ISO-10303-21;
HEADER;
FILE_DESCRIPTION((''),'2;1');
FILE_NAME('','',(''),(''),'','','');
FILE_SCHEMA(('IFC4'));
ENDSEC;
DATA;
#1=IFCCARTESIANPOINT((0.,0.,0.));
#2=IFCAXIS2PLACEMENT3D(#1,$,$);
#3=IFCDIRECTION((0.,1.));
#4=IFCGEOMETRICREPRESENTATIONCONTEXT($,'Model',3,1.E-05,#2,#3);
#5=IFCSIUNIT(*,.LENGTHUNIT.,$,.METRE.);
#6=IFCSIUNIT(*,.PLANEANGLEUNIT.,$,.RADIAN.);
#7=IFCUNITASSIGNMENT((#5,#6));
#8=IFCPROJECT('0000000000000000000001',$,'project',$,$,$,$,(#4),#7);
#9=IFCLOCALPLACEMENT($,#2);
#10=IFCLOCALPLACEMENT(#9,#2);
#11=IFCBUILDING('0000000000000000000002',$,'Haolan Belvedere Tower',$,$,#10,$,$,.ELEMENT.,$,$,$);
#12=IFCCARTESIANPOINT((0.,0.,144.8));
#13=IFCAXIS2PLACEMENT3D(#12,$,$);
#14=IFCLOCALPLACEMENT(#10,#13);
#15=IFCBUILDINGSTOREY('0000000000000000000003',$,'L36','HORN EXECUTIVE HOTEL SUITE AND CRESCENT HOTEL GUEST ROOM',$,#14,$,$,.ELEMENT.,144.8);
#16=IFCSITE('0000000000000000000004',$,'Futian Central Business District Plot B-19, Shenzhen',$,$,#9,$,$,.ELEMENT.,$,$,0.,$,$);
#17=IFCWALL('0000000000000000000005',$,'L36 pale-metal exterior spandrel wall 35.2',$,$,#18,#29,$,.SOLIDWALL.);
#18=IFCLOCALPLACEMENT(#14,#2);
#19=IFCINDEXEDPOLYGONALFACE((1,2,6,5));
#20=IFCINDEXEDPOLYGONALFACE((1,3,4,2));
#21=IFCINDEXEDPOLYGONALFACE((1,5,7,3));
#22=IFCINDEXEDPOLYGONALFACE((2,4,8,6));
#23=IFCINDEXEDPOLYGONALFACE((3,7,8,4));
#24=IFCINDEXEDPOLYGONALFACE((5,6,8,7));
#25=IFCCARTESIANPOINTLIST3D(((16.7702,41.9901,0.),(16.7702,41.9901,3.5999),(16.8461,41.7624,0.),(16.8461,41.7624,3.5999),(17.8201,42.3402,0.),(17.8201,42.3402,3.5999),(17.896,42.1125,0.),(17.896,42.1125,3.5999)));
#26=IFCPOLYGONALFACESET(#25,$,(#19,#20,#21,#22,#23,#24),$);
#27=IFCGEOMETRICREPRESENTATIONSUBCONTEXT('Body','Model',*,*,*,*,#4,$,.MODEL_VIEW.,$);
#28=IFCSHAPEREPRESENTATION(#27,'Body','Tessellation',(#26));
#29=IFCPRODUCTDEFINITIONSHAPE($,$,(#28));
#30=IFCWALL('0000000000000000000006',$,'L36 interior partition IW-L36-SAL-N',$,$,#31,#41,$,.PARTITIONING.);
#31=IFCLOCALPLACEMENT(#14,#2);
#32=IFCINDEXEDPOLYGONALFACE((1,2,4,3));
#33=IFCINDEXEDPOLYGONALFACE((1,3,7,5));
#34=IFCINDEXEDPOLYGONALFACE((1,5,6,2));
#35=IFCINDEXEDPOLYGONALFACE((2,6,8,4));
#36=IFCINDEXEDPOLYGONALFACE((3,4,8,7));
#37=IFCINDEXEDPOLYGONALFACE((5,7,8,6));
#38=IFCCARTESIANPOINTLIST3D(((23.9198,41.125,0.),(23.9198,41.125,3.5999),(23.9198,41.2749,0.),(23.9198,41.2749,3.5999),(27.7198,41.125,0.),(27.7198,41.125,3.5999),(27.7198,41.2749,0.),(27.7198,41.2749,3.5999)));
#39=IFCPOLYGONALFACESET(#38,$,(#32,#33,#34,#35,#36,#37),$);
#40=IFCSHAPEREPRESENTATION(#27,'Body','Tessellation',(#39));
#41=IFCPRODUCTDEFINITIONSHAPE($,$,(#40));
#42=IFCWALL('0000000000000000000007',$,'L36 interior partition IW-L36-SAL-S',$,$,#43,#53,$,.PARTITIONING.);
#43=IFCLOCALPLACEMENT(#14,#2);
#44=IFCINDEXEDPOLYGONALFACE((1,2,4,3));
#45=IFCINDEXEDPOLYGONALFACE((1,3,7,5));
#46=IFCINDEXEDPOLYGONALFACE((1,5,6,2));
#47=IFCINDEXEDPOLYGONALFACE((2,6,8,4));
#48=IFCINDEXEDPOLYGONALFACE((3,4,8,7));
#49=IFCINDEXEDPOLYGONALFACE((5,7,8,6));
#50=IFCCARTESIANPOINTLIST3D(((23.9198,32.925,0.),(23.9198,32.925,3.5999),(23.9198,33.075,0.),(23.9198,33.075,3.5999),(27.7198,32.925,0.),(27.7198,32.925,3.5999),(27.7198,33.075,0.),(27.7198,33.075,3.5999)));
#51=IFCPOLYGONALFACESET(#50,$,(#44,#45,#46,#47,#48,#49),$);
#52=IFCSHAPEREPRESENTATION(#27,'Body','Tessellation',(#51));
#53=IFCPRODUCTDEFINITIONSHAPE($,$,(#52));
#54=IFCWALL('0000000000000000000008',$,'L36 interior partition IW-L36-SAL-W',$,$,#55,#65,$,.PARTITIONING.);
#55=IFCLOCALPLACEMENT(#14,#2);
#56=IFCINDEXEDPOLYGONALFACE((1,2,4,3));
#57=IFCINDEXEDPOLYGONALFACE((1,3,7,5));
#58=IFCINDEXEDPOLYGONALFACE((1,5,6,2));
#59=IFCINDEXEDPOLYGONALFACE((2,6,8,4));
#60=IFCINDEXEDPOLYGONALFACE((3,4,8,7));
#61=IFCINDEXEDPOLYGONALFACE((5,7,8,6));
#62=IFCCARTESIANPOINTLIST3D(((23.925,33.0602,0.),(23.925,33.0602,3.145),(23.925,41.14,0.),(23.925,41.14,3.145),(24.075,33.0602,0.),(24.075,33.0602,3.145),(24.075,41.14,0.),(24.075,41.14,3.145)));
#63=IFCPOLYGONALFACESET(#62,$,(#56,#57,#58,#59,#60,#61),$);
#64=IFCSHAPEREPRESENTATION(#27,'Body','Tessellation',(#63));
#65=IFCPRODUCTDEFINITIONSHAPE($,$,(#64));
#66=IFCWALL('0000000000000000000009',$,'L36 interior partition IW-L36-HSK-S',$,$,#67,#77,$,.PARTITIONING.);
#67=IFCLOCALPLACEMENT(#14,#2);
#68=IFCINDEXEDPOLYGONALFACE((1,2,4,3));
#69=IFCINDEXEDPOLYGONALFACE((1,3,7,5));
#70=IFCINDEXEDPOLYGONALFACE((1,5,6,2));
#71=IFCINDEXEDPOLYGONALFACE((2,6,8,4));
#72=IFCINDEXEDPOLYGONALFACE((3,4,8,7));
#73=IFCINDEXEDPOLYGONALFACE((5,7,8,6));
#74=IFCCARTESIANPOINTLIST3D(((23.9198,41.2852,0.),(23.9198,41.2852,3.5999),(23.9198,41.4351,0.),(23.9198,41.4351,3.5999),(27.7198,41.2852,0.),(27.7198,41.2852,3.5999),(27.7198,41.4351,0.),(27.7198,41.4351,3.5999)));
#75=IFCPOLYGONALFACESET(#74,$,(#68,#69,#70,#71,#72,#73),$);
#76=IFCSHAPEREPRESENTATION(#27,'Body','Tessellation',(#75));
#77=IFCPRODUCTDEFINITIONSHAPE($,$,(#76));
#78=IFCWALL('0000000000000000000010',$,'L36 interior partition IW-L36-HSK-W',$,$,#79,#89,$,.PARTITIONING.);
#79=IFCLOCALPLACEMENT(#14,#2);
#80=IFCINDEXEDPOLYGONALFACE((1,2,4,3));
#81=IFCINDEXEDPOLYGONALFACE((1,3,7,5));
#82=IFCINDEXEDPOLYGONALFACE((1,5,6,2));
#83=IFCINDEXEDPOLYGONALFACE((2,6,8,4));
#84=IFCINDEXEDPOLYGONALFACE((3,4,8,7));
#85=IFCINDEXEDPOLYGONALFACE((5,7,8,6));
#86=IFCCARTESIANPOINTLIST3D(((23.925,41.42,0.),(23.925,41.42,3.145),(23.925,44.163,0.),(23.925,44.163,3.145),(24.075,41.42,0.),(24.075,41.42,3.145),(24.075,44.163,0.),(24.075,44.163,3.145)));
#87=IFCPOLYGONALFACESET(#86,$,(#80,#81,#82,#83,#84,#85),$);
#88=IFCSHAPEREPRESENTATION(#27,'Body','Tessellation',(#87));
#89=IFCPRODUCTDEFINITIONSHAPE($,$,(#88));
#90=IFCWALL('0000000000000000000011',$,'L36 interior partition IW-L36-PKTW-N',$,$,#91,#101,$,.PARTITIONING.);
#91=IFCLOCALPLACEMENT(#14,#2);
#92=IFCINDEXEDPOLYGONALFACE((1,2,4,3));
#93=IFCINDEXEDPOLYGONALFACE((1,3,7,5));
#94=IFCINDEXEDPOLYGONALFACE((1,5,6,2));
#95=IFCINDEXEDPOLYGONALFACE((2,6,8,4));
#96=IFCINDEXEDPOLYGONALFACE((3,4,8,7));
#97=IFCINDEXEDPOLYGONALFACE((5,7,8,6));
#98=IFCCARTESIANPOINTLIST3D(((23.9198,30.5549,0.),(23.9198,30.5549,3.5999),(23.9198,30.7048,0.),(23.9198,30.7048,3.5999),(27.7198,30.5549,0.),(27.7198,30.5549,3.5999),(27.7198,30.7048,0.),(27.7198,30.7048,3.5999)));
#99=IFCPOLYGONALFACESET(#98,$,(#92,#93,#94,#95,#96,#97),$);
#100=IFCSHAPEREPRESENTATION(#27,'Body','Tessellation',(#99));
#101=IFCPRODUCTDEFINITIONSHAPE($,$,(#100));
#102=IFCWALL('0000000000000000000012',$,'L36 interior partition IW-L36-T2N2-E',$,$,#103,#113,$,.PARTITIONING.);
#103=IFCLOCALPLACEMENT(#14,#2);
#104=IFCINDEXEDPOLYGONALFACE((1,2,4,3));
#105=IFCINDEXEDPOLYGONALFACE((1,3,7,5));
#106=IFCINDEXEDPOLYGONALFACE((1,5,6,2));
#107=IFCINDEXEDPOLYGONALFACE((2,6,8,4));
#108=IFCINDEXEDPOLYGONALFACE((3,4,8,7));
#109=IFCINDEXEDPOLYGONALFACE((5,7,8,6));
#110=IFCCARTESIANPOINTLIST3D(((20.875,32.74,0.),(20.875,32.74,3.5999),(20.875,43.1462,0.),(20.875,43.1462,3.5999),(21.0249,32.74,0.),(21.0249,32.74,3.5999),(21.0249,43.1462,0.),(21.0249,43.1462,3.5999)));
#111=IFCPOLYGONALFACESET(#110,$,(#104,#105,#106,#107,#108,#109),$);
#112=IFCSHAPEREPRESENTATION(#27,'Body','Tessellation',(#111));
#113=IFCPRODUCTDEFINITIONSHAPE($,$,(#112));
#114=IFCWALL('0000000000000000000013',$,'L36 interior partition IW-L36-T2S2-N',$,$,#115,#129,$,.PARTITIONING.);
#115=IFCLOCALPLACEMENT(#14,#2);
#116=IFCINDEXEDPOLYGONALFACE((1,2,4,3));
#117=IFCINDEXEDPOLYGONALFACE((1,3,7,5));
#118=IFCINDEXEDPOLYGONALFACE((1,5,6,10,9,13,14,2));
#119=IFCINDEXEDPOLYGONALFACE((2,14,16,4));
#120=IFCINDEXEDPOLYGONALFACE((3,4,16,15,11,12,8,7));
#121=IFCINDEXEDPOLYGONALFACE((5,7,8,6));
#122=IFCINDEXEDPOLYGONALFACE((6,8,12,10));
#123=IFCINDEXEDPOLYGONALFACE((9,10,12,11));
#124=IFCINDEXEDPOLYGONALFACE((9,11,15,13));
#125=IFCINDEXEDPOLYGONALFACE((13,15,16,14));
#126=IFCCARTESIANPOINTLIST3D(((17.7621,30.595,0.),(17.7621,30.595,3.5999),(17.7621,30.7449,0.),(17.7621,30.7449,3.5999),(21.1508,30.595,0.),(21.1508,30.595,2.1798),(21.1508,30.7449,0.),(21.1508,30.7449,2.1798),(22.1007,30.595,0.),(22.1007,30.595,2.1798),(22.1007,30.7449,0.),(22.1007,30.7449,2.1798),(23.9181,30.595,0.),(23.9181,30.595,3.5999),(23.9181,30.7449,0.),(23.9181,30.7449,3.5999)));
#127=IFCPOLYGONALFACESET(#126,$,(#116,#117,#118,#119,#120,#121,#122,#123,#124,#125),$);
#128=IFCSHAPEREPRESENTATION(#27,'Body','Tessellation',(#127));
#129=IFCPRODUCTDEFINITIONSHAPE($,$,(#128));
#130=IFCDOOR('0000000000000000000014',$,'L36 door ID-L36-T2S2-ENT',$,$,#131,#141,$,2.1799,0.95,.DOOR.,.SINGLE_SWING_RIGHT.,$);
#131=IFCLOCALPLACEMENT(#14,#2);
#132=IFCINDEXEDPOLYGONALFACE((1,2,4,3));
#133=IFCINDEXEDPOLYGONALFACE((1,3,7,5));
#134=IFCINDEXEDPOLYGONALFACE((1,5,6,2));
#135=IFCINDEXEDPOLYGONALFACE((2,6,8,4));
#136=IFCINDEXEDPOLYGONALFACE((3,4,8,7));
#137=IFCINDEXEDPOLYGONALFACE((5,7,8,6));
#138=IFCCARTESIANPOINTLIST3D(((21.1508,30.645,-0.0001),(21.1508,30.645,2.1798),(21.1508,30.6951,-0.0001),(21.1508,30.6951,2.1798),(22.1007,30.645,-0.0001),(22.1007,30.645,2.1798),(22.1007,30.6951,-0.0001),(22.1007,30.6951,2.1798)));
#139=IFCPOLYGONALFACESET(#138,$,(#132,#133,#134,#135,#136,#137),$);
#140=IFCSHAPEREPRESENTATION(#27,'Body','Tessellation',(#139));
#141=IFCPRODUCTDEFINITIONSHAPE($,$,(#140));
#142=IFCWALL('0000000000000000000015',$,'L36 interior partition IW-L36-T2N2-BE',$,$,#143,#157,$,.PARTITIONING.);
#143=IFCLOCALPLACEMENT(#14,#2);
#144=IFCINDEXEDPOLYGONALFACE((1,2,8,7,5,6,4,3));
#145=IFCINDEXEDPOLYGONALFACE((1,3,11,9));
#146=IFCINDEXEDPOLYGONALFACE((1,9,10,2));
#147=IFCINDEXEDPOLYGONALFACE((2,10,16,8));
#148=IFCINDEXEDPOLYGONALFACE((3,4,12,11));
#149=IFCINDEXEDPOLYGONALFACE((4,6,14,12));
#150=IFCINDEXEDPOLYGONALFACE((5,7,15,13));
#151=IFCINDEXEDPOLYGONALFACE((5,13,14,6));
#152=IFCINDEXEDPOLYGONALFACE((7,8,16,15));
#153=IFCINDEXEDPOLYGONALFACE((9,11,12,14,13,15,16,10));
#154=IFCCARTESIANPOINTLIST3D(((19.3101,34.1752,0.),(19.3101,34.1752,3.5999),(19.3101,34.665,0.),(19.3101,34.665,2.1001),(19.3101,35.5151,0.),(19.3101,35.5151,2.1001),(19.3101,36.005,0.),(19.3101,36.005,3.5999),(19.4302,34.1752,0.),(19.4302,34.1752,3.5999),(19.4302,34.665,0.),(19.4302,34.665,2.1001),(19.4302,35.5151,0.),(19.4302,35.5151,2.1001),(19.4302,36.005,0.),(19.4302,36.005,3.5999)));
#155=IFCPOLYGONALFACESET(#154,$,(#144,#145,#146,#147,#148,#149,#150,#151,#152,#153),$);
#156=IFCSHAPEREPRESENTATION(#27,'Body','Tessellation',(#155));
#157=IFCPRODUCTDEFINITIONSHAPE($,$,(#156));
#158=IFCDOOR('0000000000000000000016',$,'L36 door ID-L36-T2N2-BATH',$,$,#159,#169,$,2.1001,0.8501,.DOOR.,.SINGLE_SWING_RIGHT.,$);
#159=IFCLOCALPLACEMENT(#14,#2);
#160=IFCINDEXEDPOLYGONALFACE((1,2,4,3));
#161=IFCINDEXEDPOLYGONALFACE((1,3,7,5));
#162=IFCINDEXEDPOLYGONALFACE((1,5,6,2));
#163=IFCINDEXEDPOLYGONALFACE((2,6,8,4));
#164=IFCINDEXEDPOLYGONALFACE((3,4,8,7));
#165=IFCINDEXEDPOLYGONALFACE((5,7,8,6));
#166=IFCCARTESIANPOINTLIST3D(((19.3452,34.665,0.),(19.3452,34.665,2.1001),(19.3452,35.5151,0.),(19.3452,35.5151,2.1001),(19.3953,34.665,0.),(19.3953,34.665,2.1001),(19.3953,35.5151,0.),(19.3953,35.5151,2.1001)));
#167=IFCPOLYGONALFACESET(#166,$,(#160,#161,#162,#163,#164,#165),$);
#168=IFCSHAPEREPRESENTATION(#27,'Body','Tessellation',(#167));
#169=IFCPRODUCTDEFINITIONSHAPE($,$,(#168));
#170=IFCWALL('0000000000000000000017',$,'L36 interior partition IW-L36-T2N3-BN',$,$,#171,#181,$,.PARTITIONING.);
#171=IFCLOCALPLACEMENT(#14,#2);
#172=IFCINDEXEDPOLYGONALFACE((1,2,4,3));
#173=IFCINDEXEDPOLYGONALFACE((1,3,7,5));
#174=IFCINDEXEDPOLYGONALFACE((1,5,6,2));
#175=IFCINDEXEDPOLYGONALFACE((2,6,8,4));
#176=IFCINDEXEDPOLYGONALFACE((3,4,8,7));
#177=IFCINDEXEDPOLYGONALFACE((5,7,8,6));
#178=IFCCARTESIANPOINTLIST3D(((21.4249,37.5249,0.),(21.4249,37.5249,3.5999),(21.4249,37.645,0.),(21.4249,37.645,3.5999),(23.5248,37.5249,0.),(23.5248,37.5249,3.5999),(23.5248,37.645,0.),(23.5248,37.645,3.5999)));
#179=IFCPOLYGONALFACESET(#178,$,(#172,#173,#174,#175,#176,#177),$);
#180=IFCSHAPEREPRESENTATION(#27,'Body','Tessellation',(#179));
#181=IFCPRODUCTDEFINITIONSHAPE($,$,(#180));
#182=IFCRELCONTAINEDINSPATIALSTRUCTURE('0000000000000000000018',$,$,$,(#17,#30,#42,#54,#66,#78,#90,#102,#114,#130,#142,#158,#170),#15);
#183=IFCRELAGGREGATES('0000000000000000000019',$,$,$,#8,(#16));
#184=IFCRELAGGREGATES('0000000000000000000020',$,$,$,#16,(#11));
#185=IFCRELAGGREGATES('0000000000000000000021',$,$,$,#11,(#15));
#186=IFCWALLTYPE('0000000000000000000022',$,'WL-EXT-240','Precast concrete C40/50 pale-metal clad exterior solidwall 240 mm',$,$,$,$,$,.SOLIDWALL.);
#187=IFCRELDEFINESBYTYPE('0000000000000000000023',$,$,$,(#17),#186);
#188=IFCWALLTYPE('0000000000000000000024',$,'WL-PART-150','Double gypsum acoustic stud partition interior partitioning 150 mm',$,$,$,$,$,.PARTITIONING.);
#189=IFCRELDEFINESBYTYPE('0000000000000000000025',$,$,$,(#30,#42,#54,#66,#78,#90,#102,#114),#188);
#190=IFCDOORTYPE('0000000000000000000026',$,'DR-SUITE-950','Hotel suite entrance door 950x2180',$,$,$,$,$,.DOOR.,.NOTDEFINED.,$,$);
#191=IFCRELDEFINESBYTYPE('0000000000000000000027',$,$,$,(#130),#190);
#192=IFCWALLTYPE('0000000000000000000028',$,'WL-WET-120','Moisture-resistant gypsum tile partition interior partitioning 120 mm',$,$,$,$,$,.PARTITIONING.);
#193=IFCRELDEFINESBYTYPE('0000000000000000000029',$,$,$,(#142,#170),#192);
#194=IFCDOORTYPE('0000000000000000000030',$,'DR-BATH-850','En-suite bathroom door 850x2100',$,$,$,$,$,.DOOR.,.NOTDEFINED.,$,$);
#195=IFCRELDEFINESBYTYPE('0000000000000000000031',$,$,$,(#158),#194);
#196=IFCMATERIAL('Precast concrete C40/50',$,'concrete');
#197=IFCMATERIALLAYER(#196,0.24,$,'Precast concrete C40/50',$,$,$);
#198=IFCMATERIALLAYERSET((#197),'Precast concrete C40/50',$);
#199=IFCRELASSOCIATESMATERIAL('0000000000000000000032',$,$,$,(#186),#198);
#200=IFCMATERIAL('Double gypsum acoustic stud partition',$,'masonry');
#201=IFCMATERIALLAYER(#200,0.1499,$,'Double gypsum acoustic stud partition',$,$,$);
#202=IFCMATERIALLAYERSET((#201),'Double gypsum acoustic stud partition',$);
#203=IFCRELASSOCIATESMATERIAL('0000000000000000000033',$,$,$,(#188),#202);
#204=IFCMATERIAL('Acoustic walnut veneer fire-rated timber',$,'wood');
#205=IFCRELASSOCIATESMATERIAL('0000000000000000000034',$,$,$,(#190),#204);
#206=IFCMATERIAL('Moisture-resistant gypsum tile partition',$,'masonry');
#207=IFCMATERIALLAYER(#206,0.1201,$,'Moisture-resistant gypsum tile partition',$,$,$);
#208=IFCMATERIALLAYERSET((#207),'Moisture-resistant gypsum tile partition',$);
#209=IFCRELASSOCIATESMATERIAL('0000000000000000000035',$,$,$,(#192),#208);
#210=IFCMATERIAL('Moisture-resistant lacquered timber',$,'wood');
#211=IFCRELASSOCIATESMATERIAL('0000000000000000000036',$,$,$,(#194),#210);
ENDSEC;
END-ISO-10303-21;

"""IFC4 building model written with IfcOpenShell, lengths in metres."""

from ifc_helpers import new_model, si_unit, direction, frame, frame_2d, origin, place, context, subcontext, project, spatial, rectangle, extrude, material, layer, layer_set, type_object, element, fill, save


model = new_model("IFC4")

# Units and contexts
model_context = context("Model", 3, precision=1e-05, world=origin(), true_north=direction((0.0, 1.0)))
body_context = subcontext(model_context, "Body", "Model", "MODEL_VIEW")
ifc_project = project(units=[si_unit("LENGTHUNIT", "METRE"), si_unit("PLANEANGLEUNIT", "RADIAN")], contexts=[model_context])

# Site, building, storey
site_placement = place(None, origin())
site = spatial("IfcSite", under=ifc_project, at=site_placement, Name="Futian Central Business District Plot B-19, Shenzhen", CompositionType="ELEMENT", RefElevation=0.0)
building_placement = place(site_placement, origin())
building = spatial("IfcBuilding", under=site, at=building_placement, Name="Haolan Belvedere Tower", CompositionType="ELEMENT")
storey_placement = place(building_placement, frame((0.0, 0.0, 144.8)))
storey = spatial("IfcBuildingStorey", under=building, at=storey_placement, Name="L36", Description="HORN EXECUTIVE HOTEL SUITE AND CRESCENT HOTEL GUEST ROOM", CompositionType="ELEMENT", Elevation=144.8)

# Walls
ifc_material_1 = material(Name="Precast concrete C40/50", Category="concrete")
ifc_layer_1 = layer(ifc_material_1, 0.24, Name="Precast concrete C40/50")
ifc_layer_set_1 = layer_set([ifc_layer_1], Name="Precast concrete C40/50")
wall_type_1 = type_object("IfcWallType", Name="WL-EXT-240", Description="Precast concrete C40/50 pale-metal clad exterior solidwall 240 mm", PredefinedType="SOLIDWALL", material=ifc_layer_set_1)
wall_1_placement = place(storey_placement, frame((17.8579, 42.2263, 0.0), z_axis=(0.0, 0.0, 1.0), x_axis=(-0.948639, -0.31636, 0.0)))
element("IfcWall", 1, at=wall_1_placement, inside=storey, type_object=wall_type_1, Name="L36 pale-metal exterior spandrel wall 35.2", PredefinedType="SOLIDWALL", context=body_context, shape_type="SweptSolid", body=[
    extrude(rectangle(XDim=1.1067, YDim=0.24, at=frame_2d((0.5532, 0.0))), origin(), (0.0, 0.0, 1.0), 3.5999),
])
ifc_material_2 = material(Name="Double gypsum acoustic stud partition", Category="masonry")
ifc_layer_2 = layer(ifc_material_2, 0.1499, Name="Double gypsum acoustic stud partition")
ifc_layer_set_2 = layer_set([ifc_layer_2], Name="Double gypsum acoustic stud partition")
wall_type_2 = type_object("IfcWallType", Name="WL-PART-150", Description="Double gypsum acoustic stud partition interior partitioning 150 mm", PredefinedType="PARTITIONING", material=ifc_layer_set_2)
for number, where, z_axis, x_axis, name in (
    (2, (23.9199, 41.2, 0.0), (0.0, 0.0, 1.0), (1.0, 0.0, 0.0), "L36 interior partition IW-L36-SAL-N"),
    (3, (23.9199, 33.0, 0.0), (0.0, 0.0, 1.0), (1.0, 0.0, 0.0), "L36 interior partition IW-L36-SAL-S"),
):
    element("IfcWall", number, at=place(storey_placement, frame(where, z_axis=z_axis, x_axis=x_axis)), inside=storey, type_object=wall_type_2, Name=name, PredefinedType="PARTITIONING", context=body_context, shape_type="SweptSolid", body=[
        extrude(rectangle(XDim=3.8, YDim=0.1499, at=frame_2d((1.8999, 0.0))), origin(), (0.0, 0.0, 1.0), 3.5999),
    ])
wall_2_placement = place(storey_placement, frame((24.0, 33.0601, 0.0), z_axis=(0.0, 0.0, 1.0), x_axis=(0.0, 1.0, 0.0)))
element("IfcWall", 4, at=wall_2_placement, inside=storey, type_object=wall_type_2, Name="L36 interior partition IW-L36-SAL-W", PredefinedType="PARTITIONING", context=body_context, shape_type="SweptSolid", body=[
    extrude(rectangle(XDim=8.0798, YDim=0.1499, at=frame_2d((4.04, 0.0))), origin(), (0.0, 0.0, 1.0), 3.145),
])
wall_3_placement = place(storey_placement, frame((23.9199, 41.3601, 0.0), z_axis=(0.0, 0.0, 1.0), x_axis=(1.0, 0.0, 0.0)))
element("IfcWall", 5, at=wall_3_placement, inside=storey, type_object=wall_type_2, Name="L36 interior partition IW-L36-HSK-S", PredefinedType="PARTITIONING", context=body_context, shape_type="SweptSolid", body=[
    extrude(rectangle(XDim=3.8, YDim=0.1499, at=frame_2d((1.8999, 0.0))), origin(), (0.0, 0.0, 1.0), 3.5999),
])
wall_4_placement = place(storey_placement, frame((24.0, 41.4199, 0.0), z_axis=(0.0, 0.0, 1.0), x_axis=(0.0, 1.0, 0.0)))
element("IfcWall", 6, at=wall_4_placement, inside=storey, type_object=wall_type_2, Name="L36 interior partition IW-L36-HSK-W", PredefinedType="PARTITIONING", context=body_context, shape_type="SweptSolid", body=[
    extrude(rectangle(XDim=2.7429, YDim=0.1499, at=frame_2d((1.3716, 0.0))), origin(), (0.0, 0.0, 1.0), 3.145),
])
wall_5_placement = place(storey_placement, frame((23.9199, 30.6299, 0.0), z_axis=(0.0, 0.0, 1.0), x_axis=(1.0, 0.0, 0.0)))
element("IfcWall", 7, at=wall_5_placement, inside=storey, type_object=wall_type_2, Name="L36 interior partition IW-L36-PKTW-N", PredefinedType="PARTITIONING", context=body_context, shape_type="SweptSolid", body=[
    extrude(rectangle(XDim=3.8, YDim=0.1499, at=frame_2d((1.8999, 0.0))), origin(), (0.0, 0.0, 1.0), 3.5999),
])
wall_6_placement = place(storey_placement, frame((20.95, 32.74, 0.0), z_axis=(0.0, 0.0, 1.0), x_axis=(0.0, 1.0, 0.0)))
element("IfcWall", 8, at=wall_6_placement, inside=storey, type_object=wall_type_2, Name="L36 interior partition IW-L36-T2N2-E", PredefinedType="PARTITIONING", context=body_context, shape_type="SweptSolid", body=[
    extrude(rectangle(XDim=10.4062, YDim=0.1499, at=frame_2d((5.2031, 0.0))), origin(), (0.0, 0.0, 1.0), 3.5999),
])

# Walls, openings, doors
wall_7_placement = place(storey_placement, frame((17.762, 30.6699, 0.0), z_axis=(0.0, 0.0, 1.0), x_axis=(1.0, 0.0, 0.0)))
wall_7 = element("IfcWall", 9, at=wall_7_placement, inside=storey, type_object=wall_type_2, Name="L36 interior partition IW-L36-T2S2-N", PredefinedType="PARTITIONING", context=body_context, shape_type="SweptSolid", body=[
    extrude(rectangle(XDim=6.156, YDim=0.1499, at=frame_2d((3.0781, 0.0))), origin(), (0.0, 0.0, 1.0), 3.5999),
])
opening_1_placement = place(wall_7_placement, frame((4.3389, 0.0, 0.0), z_axis=(0.0, 0.0, 1.0), x_axis=(-1.0, 0.0, 0.0)))
opening_1 = element("IfcOpeningElement", 10, at=opening_1_placement, cuts=wall_7, PredefinedType="OPENING", context=body_context, shape_type="SweptSolid", body=[
    extrude(rectangle(XDim=0.95, YDim=2.1799, at=frame_2d((0.4751, 1.0898))), frame((0.0, 0.085, 0.0), z_axis=(0.0, -1.0, 0.0), x_axis=(1.0, 0.0, 0.0)), (0.0, 0.0, 1.0), 0.1699),
])
ifc_material_3 = material(Name="Acoustic walnut veneer fire-rated timber", Category="wood")
door_type_1 = type_object("IfcDoorType", Name="DR-SUITE-950", Description="Hotel suite entrance door 950x2180", OperationType="NOTDEFINED", PredefinedType="DOOR", material=ifc_material_3)
door_1_placement = place(opening_1_placement, origin())
door_1 = element("IfcDoor", 11, at=door_1_placement, inside=storey, type_object=door_type_1, Name="L36 door ID-L36-T2S2-ENT", OperationType="SINGLE_SWING_RIGHT", OverallHeight=2.1799, OverallWidth=0.95, PredefinedType="DOOR", context=body_context, shape_type="SweptSolid", body=[
    extrude(rectangle(XDim=0.95, YDim=2.1799, at=frame_2d((0.4751, 1.0898))), frame((0.0, 0.0249, 0.0), z_axis=(0.0, -1.0, 0.0), x_axis=(1.0, 0.0, 0.0)), (0.0, 0.0, 1.0), 0.05),
])
fill(opening_1, door_1)
ifc_material_4 = material(Name="Moisture-resistant gypsum tile partition", Category="masonry")
ifc_layer_3 = layer(ifc_material_4, 0.1201, Name="Moisture-resistant gypsum tile partition")
ifc_layer_set_3 = layer_set([ifc_layer_3], Name="Moisture-resistant gypsum tile partition")
wall_type_3 = type_object("IfcWallType", Name="WL-WET-120", Description="Moisture-resistant gypsum tile partition interior partitioning 120 mm", PredefinedType="PARTITIONING", material=ifc_layer_set_3)
wall_8_placement = place(storey_placement, frame((19.3701, 34.175, 0.0), z_axis=(0.0, 0.0, 1.0), x_axis=(0.0, 1.0, 0.0)))
wall_8 = element("IfcWall", 12, at=wall_8_placement, inside=storey, type_object=wall_type_3, Name="L36 interior partition IW-L36-T2N2-BE", PredefinedType="PARTITIONING", context=body_context, shape_type="SweptSolid", body=[
    extrude(rectangle(XDim=1.8298, YDim=0.1201, at=frame_2d((0.915, 0.0))), origin(), (0.0, 0.0, 1.0), 3.5999),
])
opening_2_placement = place(wall_8_placement, frame((0.49, 0.0, 0.0)))
opening_2 = element("IfcOpeningElement", 13, at=opening_2_placement, cuts=wall_8, PredefinedType="OPENING", context=body_context, shape_type="SweptSolid", body=[
    extrude(rectangle(XDim=0.8501, YDim=2.1001, at=frame_2d((0.425, 1.05))), frame((0.0, 0.0701, 0.0), z_axis=(0.0, -1.0, 0.0), x_axis=(1.0, 0.0, 0.0)), (0.0, 0.0, 1.0), 0.1401),
])
ifc_material_5 = material(Name="Moisture-resistant lacquered timber", Category="wood")
door_type_2 = type_object("IfcDoorType", Name="DR-BATH-850", Description="En-suite bathroom door 850x2100", OperationType="NOTDEFINED", PredefinedType="DOOR", material=ifc_material_5)
door_2_placement = place(opening_2_placement, origin())
door_2 = element("IfcDoor", 14, at=door_2_placement, inside=storey, type_object=door_type_2, Name="L36 door ID-L36-T2N2-BATH", OperationType="SINGLE_SWING_RIGHT", OverallHeight=2.1001, OverallWidth=0.8501, PredefinedType="DOOR", context=body_context, shape_type="SweptSolid", body=[
    extrude(rectangle(XDim=0.8501, YDim=2.1001, at=frame_2d((0.425, 1.05))), frame((0.0, 0.0249, 0.0), z_axis=(0.0, -1.0, 0.0), x_axis=(1.0, 0.0, 0.0)), (0.0, 0.0, 1.0), 0.05),
])
fill(opening_2, door_2)

# Wall
wall_9_placement = place(storey_placement, frame((21.425, 37.585, 0.0), z_axis=(0.0, 0.0, 1.0), x_axis=(1.0, 0.0, 0.0)))
element("IfcWall", 15, at=wall_9_placement, inside=storey, type_object=wall_type_3, Name="L36 interior partition IW-L36-T2N3-BN", PredefinedType="PARTITIONING", context=body_context, shape_type="SweptSolid", body=[
    extrude(rectangle(XDim=2.0999, YDim=0.1201, at=frame_2d((1.0498, 0.0))), origin(), (0.0, 0.0, 1.0), 3.5999),
])

save(model, "model.ifc")
